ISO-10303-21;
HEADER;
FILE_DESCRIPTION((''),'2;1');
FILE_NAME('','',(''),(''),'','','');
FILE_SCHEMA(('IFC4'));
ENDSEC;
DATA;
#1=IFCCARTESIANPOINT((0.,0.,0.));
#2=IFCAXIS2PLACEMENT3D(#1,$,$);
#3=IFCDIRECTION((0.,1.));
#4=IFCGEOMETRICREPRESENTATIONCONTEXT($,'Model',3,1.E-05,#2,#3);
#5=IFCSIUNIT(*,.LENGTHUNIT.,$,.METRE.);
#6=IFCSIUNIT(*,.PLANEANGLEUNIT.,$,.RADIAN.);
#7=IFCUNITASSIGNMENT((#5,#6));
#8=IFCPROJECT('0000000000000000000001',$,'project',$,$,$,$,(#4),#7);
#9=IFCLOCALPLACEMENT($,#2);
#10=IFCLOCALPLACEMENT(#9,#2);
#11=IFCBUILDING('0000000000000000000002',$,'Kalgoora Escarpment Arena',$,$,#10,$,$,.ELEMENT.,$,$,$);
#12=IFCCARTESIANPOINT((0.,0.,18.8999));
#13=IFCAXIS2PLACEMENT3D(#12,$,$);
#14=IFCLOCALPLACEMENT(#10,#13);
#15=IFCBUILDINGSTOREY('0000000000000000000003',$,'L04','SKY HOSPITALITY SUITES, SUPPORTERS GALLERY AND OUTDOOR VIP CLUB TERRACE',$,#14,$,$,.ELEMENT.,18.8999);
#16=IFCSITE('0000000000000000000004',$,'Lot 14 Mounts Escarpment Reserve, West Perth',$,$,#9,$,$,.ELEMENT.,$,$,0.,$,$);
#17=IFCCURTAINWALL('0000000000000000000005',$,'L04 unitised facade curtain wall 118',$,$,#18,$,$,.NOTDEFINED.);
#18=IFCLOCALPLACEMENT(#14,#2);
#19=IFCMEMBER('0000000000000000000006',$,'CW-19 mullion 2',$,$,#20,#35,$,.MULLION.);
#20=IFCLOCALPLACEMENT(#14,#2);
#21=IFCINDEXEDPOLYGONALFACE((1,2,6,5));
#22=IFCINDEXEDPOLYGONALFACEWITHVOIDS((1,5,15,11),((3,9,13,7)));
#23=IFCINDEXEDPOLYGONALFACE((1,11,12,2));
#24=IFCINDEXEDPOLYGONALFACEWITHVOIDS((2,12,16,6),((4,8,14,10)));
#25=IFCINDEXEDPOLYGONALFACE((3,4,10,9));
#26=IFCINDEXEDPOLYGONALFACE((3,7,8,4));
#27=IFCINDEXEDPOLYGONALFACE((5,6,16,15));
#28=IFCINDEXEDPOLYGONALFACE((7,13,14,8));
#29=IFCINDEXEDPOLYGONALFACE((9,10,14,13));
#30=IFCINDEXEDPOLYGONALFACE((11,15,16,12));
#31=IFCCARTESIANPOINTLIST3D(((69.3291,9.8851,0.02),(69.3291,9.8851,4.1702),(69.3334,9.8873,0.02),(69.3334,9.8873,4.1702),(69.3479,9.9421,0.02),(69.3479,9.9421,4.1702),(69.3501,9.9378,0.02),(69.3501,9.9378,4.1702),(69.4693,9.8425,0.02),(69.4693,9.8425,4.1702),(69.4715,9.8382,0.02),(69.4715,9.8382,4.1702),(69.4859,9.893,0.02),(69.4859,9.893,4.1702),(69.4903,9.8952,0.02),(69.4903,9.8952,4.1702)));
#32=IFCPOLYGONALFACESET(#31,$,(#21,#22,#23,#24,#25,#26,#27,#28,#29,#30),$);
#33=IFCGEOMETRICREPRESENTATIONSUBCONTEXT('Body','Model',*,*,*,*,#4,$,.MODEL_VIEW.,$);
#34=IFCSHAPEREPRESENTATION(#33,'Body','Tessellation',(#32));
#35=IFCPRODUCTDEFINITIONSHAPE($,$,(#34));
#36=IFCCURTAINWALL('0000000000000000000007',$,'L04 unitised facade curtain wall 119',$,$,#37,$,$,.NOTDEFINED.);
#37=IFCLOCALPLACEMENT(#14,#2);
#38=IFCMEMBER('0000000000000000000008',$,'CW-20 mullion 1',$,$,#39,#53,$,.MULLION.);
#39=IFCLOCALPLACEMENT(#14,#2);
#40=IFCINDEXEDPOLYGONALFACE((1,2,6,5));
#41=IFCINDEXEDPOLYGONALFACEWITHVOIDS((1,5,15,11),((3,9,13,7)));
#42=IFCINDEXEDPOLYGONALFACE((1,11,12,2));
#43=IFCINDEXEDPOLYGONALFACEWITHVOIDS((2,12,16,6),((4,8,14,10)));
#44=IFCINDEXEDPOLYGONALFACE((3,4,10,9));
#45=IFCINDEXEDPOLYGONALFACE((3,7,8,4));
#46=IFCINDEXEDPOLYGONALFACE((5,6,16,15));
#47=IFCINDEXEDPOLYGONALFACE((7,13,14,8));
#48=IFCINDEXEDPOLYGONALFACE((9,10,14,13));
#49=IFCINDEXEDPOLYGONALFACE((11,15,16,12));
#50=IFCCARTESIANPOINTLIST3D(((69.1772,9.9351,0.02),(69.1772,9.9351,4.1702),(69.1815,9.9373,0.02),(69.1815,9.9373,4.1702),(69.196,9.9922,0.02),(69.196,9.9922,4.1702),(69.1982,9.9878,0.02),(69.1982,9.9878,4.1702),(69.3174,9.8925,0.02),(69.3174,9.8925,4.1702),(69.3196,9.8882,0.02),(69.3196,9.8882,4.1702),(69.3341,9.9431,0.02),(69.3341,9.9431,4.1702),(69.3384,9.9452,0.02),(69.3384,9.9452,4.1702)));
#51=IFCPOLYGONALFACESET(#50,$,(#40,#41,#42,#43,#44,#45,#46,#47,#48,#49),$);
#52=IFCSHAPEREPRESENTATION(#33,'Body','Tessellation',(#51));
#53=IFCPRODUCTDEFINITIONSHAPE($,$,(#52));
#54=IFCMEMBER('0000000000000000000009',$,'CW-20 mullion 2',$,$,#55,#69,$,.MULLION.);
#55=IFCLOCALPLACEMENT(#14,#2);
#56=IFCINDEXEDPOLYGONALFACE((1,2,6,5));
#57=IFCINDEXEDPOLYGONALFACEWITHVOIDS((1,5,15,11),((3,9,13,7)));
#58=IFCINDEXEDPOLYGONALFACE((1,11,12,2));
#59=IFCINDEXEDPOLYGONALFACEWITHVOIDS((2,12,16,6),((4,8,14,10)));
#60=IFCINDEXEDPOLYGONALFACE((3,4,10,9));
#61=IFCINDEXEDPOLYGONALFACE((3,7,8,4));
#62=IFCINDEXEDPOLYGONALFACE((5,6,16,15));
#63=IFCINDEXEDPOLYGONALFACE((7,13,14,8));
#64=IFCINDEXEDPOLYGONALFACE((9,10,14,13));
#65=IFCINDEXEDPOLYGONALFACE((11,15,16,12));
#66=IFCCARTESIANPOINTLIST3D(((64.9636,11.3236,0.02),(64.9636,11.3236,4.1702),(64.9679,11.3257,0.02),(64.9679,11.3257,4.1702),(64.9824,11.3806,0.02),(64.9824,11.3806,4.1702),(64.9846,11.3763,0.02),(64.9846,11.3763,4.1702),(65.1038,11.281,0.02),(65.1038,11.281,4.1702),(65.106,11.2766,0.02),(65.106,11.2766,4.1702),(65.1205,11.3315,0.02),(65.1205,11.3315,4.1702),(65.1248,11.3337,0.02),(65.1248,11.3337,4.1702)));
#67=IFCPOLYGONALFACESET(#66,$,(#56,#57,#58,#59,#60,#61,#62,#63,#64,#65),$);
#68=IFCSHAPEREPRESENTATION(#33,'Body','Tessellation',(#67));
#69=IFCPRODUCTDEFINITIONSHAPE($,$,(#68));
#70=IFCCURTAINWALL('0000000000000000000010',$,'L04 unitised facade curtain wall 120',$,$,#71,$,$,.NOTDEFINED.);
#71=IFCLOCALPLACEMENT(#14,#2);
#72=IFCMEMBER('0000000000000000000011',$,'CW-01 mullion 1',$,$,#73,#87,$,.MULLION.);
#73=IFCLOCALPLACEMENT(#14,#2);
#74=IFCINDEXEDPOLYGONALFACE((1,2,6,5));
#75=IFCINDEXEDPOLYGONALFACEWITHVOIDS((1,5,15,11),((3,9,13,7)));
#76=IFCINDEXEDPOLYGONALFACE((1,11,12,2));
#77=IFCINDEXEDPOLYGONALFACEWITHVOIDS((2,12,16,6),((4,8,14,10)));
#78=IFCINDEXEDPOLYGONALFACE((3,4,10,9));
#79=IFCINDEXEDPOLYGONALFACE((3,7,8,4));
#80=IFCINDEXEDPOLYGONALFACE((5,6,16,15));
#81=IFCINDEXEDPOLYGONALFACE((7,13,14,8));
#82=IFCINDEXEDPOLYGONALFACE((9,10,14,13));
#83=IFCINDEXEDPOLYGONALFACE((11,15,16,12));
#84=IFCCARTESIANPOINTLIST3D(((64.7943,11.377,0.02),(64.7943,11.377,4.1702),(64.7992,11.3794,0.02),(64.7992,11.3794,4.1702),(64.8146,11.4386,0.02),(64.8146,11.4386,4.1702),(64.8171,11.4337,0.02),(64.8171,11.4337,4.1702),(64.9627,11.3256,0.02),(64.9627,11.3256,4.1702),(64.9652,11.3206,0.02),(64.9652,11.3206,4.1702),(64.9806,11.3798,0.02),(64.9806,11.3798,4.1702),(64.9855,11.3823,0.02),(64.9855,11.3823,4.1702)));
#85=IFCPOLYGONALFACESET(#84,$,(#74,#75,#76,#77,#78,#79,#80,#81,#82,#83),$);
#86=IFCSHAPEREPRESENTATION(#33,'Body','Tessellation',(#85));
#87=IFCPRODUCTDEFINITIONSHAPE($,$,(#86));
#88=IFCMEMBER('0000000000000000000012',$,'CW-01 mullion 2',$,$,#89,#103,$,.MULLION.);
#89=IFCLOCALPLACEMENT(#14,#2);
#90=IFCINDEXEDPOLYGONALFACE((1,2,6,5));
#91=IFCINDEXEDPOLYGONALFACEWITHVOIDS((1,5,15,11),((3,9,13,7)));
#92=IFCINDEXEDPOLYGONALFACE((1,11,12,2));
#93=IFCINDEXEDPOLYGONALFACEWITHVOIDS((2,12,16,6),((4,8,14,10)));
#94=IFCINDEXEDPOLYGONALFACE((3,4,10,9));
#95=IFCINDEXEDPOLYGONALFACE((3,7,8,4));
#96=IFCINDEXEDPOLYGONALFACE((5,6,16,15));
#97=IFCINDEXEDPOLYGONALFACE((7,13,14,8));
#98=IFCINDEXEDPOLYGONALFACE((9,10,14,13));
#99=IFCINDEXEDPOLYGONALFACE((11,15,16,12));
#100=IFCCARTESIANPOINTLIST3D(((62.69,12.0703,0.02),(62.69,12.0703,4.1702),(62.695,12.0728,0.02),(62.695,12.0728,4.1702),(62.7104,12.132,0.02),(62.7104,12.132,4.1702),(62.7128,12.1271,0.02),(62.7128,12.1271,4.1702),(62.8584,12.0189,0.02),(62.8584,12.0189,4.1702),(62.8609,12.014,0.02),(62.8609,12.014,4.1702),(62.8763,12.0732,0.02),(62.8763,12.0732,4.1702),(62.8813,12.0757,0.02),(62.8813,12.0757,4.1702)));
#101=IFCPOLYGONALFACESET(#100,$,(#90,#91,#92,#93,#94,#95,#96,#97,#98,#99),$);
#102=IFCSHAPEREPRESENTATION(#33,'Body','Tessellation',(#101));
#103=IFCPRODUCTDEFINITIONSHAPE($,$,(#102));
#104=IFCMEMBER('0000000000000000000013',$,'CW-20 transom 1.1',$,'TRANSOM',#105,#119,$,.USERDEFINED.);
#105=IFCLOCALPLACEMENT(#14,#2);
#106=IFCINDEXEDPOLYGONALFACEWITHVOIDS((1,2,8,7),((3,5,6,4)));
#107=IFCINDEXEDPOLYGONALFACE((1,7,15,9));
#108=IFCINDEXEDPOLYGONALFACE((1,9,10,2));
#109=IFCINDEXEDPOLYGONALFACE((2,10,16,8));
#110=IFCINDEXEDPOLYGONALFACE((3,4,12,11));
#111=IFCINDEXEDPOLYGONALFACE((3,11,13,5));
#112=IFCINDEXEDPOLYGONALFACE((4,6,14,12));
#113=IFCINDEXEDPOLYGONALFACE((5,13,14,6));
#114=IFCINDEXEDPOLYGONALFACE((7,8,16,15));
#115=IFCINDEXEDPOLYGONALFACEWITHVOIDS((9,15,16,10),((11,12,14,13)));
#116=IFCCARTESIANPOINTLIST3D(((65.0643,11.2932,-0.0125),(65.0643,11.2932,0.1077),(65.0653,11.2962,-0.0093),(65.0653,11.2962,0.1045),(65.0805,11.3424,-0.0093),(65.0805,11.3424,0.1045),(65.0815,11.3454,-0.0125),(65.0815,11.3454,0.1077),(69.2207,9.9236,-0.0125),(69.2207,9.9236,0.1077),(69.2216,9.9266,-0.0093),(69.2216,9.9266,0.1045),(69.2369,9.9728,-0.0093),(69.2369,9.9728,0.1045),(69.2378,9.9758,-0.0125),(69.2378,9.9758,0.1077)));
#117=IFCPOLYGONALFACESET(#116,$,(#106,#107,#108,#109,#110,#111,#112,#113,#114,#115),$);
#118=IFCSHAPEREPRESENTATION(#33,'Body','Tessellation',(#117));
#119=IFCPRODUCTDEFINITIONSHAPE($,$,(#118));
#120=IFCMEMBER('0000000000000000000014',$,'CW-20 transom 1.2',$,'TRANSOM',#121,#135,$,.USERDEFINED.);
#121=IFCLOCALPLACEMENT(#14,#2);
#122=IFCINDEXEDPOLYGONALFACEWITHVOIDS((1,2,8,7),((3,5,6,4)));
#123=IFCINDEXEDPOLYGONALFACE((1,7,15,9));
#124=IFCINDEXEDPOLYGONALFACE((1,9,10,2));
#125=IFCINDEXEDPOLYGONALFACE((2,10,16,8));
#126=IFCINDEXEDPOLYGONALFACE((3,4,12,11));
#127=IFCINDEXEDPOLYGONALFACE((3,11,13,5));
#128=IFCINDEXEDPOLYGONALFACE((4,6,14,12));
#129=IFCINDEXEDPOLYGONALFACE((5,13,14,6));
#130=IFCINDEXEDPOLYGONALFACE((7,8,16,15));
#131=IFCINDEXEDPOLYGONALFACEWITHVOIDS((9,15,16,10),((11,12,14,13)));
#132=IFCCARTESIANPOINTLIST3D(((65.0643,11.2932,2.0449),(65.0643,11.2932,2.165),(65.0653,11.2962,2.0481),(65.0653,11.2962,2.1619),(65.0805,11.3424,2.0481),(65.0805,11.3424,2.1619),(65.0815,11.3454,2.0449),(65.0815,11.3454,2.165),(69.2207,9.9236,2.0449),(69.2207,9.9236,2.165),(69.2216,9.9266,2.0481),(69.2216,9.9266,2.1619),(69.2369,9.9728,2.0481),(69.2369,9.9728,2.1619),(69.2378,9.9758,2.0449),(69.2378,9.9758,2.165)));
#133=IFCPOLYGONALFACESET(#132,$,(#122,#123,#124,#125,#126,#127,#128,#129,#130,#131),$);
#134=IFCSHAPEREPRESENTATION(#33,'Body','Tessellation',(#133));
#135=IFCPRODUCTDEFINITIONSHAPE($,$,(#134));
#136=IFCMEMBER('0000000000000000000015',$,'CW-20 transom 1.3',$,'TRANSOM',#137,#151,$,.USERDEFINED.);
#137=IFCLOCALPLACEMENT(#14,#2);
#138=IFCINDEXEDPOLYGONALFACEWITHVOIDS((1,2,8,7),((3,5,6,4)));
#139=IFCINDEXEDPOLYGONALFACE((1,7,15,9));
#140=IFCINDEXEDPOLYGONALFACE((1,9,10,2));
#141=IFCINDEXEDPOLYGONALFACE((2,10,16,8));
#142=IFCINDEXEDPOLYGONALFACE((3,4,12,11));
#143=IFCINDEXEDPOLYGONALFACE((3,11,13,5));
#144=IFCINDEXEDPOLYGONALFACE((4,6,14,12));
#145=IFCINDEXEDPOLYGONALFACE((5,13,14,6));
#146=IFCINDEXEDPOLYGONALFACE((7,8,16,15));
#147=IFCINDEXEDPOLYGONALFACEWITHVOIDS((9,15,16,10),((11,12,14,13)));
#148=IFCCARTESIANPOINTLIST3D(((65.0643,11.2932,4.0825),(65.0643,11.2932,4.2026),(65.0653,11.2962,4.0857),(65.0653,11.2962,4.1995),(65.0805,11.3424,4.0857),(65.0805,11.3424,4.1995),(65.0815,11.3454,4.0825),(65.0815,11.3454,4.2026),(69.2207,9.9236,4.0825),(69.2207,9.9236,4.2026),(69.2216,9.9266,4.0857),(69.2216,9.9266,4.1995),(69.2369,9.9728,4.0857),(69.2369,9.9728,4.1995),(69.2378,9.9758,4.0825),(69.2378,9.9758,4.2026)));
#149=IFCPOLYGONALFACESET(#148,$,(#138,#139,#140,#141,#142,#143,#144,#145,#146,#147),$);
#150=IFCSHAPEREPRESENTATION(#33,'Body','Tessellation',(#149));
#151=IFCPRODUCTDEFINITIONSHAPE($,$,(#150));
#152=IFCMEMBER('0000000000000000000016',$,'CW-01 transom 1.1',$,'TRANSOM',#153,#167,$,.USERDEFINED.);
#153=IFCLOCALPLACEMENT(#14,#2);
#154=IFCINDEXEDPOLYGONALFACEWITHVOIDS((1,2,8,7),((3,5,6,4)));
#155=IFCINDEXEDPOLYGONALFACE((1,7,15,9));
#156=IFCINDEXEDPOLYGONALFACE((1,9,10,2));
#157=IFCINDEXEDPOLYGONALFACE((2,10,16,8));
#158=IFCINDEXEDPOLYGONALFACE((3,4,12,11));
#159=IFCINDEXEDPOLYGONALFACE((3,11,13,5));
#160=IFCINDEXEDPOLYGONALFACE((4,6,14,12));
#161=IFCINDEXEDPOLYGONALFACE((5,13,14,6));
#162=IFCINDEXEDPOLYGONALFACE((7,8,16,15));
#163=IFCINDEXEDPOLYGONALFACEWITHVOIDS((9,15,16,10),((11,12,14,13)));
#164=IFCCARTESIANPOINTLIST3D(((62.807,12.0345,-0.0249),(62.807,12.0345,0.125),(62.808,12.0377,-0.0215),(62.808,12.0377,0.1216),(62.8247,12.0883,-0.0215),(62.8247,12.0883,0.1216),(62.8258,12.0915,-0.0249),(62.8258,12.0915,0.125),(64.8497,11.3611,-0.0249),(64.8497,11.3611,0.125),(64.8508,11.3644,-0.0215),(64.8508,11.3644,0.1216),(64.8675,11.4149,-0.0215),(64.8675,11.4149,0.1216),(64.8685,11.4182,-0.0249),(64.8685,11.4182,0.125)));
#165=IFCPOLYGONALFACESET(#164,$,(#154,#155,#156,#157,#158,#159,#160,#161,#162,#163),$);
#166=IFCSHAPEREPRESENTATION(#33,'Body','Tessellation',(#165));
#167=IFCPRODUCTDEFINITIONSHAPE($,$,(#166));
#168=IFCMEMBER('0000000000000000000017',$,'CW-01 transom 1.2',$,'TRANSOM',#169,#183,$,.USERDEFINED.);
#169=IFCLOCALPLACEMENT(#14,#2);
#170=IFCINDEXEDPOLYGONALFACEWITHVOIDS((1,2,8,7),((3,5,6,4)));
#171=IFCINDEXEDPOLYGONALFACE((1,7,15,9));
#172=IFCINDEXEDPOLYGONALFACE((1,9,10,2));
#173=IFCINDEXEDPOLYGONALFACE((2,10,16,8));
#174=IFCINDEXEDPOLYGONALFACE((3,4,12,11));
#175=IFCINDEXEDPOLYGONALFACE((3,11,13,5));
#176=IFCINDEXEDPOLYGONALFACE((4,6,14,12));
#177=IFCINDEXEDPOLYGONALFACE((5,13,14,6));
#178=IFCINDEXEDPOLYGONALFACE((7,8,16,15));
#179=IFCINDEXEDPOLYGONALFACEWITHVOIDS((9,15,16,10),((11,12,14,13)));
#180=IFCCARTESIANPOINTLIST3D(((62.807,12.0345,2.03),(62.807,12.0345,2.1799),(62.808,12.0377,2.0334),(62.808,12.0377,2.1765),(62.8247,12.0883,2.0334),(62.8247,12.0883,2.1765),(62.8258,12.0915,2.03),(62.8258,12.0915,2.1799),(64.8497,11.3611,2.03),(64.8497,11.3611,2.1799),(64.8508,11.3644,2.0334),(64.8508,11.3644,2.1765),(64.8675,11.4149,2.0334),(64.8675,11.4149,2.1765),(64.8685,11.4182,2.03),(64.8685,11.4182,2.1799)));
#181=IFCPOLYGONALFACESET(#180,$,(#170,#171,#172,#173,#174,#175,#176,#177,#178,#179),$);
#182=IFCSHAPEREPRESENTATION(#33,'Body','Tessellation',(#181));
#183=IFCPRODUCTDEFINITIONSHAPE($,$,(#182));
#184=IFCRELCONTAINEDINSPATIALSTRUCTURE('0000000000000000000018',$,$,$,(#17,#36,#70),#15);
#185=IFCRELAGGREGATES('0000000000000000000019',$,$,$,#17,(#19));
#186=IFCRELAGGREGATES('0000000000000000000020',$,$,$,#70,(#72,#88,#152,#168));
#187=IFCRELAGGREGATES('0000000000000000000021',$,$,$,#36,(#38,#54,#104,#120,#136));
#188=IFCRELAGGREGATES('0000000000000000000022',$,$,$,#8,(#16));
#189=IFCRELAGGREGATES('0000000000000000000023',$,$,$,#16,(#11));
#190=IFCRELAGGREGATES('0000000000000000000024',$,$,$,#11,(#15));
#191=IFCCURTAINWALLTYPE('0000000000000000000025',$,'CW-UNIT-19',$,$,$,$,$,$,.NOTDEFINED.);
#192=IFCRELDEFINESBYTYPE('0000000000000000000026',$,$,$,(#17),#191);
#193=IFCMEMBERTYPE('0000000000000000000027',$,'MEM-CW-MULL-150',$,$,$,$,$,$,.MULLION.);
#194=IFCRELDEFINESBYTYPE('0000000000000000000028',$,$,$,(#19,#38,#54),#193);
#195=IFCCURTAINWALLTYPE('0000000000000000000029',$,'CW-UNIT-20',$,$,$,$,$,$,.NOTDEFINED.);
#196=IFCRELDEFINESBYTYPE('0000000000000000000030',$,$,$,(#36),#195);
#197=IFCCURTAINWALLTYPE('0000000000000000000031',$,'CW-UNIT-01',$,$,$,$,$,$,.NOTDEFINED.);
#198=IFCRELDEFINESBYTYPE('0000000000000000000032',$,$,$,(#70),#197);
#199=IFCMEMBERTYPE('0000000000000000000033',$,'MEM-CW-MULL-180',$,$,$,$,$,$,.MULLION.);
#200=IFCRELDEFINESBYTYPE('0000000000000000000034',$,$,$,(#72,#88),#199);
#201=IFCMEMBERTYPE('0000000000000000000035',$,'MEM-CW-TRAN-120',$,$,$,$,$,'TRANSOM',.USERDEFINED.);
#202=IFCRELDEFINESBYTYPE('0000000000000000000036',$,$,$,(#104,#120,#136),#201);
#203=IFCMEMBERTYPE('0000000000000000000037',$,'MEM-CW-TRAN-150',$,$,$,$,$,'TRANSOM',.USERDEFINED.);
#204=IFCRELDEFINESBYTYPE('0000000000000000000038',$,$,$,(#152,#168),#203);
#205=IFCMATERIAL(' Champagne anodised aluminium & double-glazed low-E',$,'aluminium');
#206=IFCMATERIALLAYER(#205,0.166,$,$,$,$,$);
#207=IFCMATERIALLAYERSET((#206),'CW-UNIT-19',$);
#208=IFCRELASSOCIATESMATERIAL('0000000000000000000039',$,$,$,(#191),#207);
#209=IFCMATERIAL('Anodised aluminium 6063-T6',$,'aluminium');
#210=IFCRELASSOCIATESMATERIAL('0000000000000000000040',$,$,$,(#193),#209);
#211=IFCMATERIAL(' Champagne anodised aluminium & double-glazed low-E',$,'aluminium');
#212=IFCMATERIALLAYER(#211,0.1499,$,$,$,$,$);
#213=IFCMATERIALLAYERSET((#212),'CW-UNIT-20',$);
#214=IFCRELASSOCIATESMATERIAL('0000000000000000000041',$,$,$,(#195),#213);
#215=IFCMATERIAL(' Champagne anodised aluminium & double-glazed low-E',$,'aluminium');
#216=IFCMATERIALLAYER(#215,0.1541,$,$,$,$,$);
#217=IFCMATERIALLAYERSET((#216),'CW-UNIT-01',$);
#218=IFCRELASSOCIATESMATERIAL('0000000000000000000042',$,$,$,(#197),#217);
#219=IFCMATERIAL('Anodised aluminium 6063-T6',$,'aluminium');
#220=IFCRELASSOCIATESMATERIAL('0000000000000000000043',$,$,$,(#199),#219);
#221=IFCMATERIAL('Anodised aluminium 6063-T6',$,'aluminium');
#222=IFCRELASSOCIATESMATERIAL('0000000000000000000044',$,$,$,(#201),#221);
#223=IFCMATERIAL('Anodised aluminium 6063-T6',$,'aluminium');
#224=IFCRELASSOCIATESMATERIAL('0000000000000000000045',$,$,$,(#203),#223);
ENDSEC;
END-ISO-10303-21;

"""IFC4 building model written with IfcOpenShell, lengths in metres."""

from ifc_helpers import new_model, si_unit, direction, frame, origin, origin_2d, place, context, subcontext, project, spatial, hollow_rectangle, extrude, material, layer, layer_set, material_profile, profile_set, type_object, element, aggregate, save


model = new_model("IFC4")

# Units and contexts
model_context = context("Model", 3, precision=1e-05, world=origin(), true_north=direction((0.0, 1.0)))
body_context = subcontext(model_context, "Body", "Model", "MODEL_VIEW")
ifc_project = project(units=[si_unit("LENGTHUNIT", "METRE"), si_unit("PLANEANGLEUNIT", "RADIAN")], contexts=[model_context])

# Site, building, storey
site_placement = place(None, origin())
site = spatial("IfcSite", under=ifc_project, at=site_placement, Name="Lot 14 Mounts Escarpment Reserve, West Perth", CompositionType="ELEMENT", RefElevation=0.0)
building_placement = place(site_placement, origin())
building = spatial("IfcBuilding", under=site, at=building_placement, Name="Kalgoora Escarpment Arena", CompositionType="ELEMENT")
storey_placement = place(building_placement, frame((0.0, 0.0, 18.8999)))
storey = spatial("IfcBuildingStorey", under=building, at=storey_placement, Name="L04", Description="SKY HOSPITALITY SUITES, SUPPORTERS GALLERY AND OUTDOOR VIP CLUB TERRACE", CompositionType="ELEMENT", Elevation=18.8999)

# Curtain wall, member
ifc_material_1 = material(Name=" Champagne anodised aluminium & double-glazed low-E", Category="aluminium")
ifc_layer_1 = layer(ifc_material_1, 0.166)
ifc_layer_set_1 = layer_set([ifc_layer_1], Name="CW-UNIT-19")
curtain_wall_type_1 = type_object("IfcCurtainWallType", Name="CW-UNIT-19", PredefinedType="NOTDEFINED", material=ifc_layer_set_1)
curtain_wall_1_placement = place(storey_placement, origin())
curtain_wall_1 = element("IfcCurtainWall", 1, at=curtain_wall_1_placement, inside=storey, type_object=curtain_wall_type_1, Name="L04 unitised facade curtain wall 118", PredefinedType="NOTDEFINED")
ifc_material_2 = material(Name="Anodised aluminium 6063-T6", Category="aluminium")
ifc_material_profile_1 = material_profile(ifc_material_2, hollow_rectangle(XDim=0.0601, YDim=0.1499, WallThickness=0.0034, at=origin_2d()))
ifc_profile_set_1 = profile_set([ifc_material_profile_1], Name="Anodised aluminium 6063-T6")
member_type_1 = type_object("IfcMemberType", Name="MEM-CW-MULL-150", PredefinedType="MULLION", material=ifc_profile_set_1)
member_1_placement = place(storey_placement, frame((69.4097, 9.8901, 0.02), z_axis=(0.0, 0.0, 1.0), x_axis=(-0.312979, -0.94976, 0.0)))
member_1 = element("IfcMember", 2, at=member_1_placement, type_object=member_type_1, Name="CW-19 mullion 2", PredefinedType="MULLION", context=body_context, shape_type="SweptSolid", body=[
    extrude(hollow_rectangle(XDim=0.0601, YDim=0.1499, WallThickness=0.0034, at=origin_2d()), origin(), (0.0, 0.0, 1.0), 4.1501),
])

# Curtain walls, members
ifc_material_3 = material(Name=" Champagne anodised aluminium & double-glazed low-E", Category="aluminium")
ifc_layer_2 = layer(ifc_material_3, 0.1499)
ifc_layer_set_2 = layer_set([ifc_layer_2], Name="CW-UNIT-20")
curtain_wall_type_2 = type_object("IfcCurtainWallType", Name="CW-UNIT-20", PredefinedType="NOTDEFINED", material=ifc_layer_set_2)
curtain_wall_2_placement = place(storey_placement, origin())
curtain_wall_2 = element("IfcCurtainWall", 3, at=curtain_wall_2_placement, inside=storey, type_object=curtain_wall_type_2, Name="L04 unitised facade curtain wall 119", PredefinedType="NOTDEFINED")
member_2_placement = place(storey_placement, frame((69.2578, 9.9402, 0.02), z_axis=(0.0, 0.0, 1.0), x_axis=(-0.31297, -0.949763, 0.0)))
member_2 = element("IfcMember", 4, at=member_2_placement, type_object=member_type_1, Name="CW-20 mullion 1", PredefinedType="MULLION", context=body_context, shape_type="SweptSolid", body=[
    extrude(hollow_rectangle(XDim=0.0601, YDim=0.1499, WallThickness=0.0034, at=origin_2d()), origin(), (0.0, 0.0, 1.0), 4.1501),
])
member_3_placement = place(storey_placement, frame((65.0442, 11.3286, 0.02), z_axis=(0.0, 0.0, 1.0), x_axis=(-0.31297, -0.949763, 0.0)))
member_3 = element("IfcMember", 5, at=member_3_placement, type_object=member_type_1, Name="CW-20 mullion 2", PredefinedType="MULLION", context=body_context, shape_type="SweptSolid", body=[
    extrude(hollow_rectangle(XDim=0.0601, YDim=0.1499, WallThickness=0.0034, at=origin_2d()), origin(), (0.0, 0.0, 1.0), 4.1501),
])
ifc_material_4 = material(Name=" Champagne anodised aluminium & double-glazed low-E", Category="aluminium")
ifc_layer_3 = layer(ifc_material_4, 0.1541)
ifc_layer_set_3 = layer_set([ifc_layer_3], Name="CW-UNIT-01")
curtain_wall_type_3 = type_object("IfcCurtainWallType", Name="CW-UNIT-01", PredefinedType="NOTDEFINED", material=ifc_layer_set_3)
curtain_wall_3_placement = place(storey_placement, origin())
curtain_wall_3 = element("IfcCurtainWall", 6, at=curtain_wall_3_placement, inside=storey, type_object=curtain_wall_type_3, Name="L04 unitised facade curtain wall 120", PredefinedType="NOTDEFINED")
ifc_material_5 = material(Name="Anodised aluminium 6063-T6", Category="aluminium")
ifc_material_profile_2 = material_profile(ifc_material_5, hollow_rectangle(XDim=0.0649, YDim=0.1799, WallThickness=0.0039, at=origin_2d()))
ifc_profile_set_2 = profile_set([ifc_material_profile_2], Name="Anodised aluminium 6063-T6")
member_type_2 = type_object("IfcMemberType", Name="MEM-CW-MULL-180", PredefinedType="MULLION", material=ifc_profile_set_2)
member_4_placement = place(storey_placement, frame((64.8899, 11.3796, 0.02), z_axis=(0.0, 0.0, 1.0), x_axis=(-0.31299, -0.949756, 0.0)))
member_4 = element("IfcMember", 7, at=member_4_placement, type_object=member_type_2, Name="CW-01 mullion 1", PredefinedType="MULLION", context=body_context, shape_type="SweptSolid", body=[
    extrude(hollow_rectangle(XDim=0.0649, YDim=0.1799, WallThickness=0.0039, at=origin_2d()), origin(), (0.0, 0.0, 1.0), 4.1501),
])
member_5_placement = place(storey_placement, frame((62.7856, 12.073, 0.02), z_axis=(0.0, 0.0, 1.0), x_axis=(-0.31299, -0.949756, 0.0)))
member_5 = element("IfcMember", 8, at=member_5_placement, type_object=member_type_2, Name="CW-01 mullion 2", PredefinedType="MULLION", context=body_context, shape_type="SweptSolid", body=[
    extrude(hollow_rectangle(XDim=0.0649, YDim=0.1799, WallThickness=0.0039, at=origin_2d()), origin(), (0.0, 0.0, 1.0), 4.1501),
])

# Members
ifc_material_6 = material(Name="Anodised aluminium 6063-T6", Category="aluminium")
ifc_material_profile_3 = material_profile(ifc_material_6, hollow_rectangle(XDim=0.0549, YDim=0.1201, WallThickness=0.0032, at=origin_2d()))
ifc_profile_set_3 = profile_set([ifc_material_profile_3], Name="Anodised aluminium 6063-T6")
member_type_3 = type_object("IfcMemberType", Name="MEM-CW-TRAN-120", ElementType="TRANSOM", PredefinedType="USERDEFINED", material=ifc_profile_set_3)
member_6_placement = place(storey_placement, frame((69.2292, 9.9497, 0.0476), z_axis=(-0.949766, 0.312962, 0.0), x_axis=(-0.312962, -0.949766, 0.0)))
member_6 = element("IfcMember", 9, at=member_6_placement, type_object=member_type_3, Name="CW-20 transom 1.1", ObjectType="TRANSOM", PredefinedType="USERDEFINED", context=body_context, shape_type="SweptSolid", body=[
    extrude(hollow_rectangle(XDim=0.0549, YDim=0.1201, WallThickness=0.0032, at=origin_2d()), origin(), (0.0, 0.0, 1.0), 4.3762),
])
member_7_placement = place(storey_placement, frame((69.2292, 9.9497, 2.105), z_axis=(-0.949766, 0.312962, 0.0), x_axis=(-0.312962, -0.949766, 0.0)))
member_7 = element("IfcMember", 10, at=member_7_placement, type_object=member_type_3, Name="CW-20 transom 1.2", ObjectType="TRANSOM", PredefinedType="USERDEFINED", context=body_context, shape_type="SweptSolid", body=[
    extrude(hollow_rectangle(XDim=0.0549, YDim=0.1201, WallThickness=0.0032, at=origin_2d()), origin(), (0.0, 0.0, 1.0), 4.3762),
])
member_8_placement = place(storey_placement, frame((69.2292, 9.9497, 4.1426), z_axis=(-0.949766, 0.312962, 0.0), x_axis=(-0.312962, -0.949766, 0.0)))
member_8 = element("IfcMember", 11, at=member_8_placement, type_object=member_type_3, Name="CW-20 transom 1.3", ObjectType="TRANSOM", PredefinedType="USERDEFINED", context=body_context, shape_type="SweptSolid", body=[
    extrude(hollow_rectangle(XDim=0.0549, YDim=0.1201, WallThickness=0.0032, at=origin_2d()), origin(), (0.0, 0.0, 1.0), 4.3762),
])
ifc_material_7 = material(Name="Anodised aluminium 6063-T6", Category="aluminium")
ifc_material_profile_4 = material_profile(ifc_material_7, hollow_rectangle(XDim=0.0601, YDim=0.1499, WallThickness=0.0034, at=origin_2d()))
ifc_profile_set_4 = profile_set([ifc_material_profile_4], Name="Anodised aluminium 6063-T6")
member_type_4 = type_object("IfcMemberType", Name="MEM-CW-TRAN-150", ElementType="TRANSOM", PredefinedType="USERDEFINED", material=ifc_profile_set_4)
member_9_placement = place(storey_placement, frame((64.8591, 11.3896, 0.05), z_axis=(-0.949734, 0.313059, 0.0), x_axis=(-0.313059, -0.949734, 0.0)))
member_9 = element("IfcMember", 12, at=member_9_placement, type_object=member_type_4, Name="CW-01 transom 1.1", ObjectType="TRANSOM", PredefinedType="USERDEFINED", context=body_context, shape_type="SweptSolid", body=[
    extrude(hollow_rectangle(XDim=0.0601, YDim=0.1499, WallThickness=0.0034, at=origin_2d()), origin(), (0.0, 0.0, 1.0), 2.1509),
])
member_10_placement = place(storey_placement, frame((64.8591, 11.3896, 2.105), z_axis=(-0.949734, 0.313059, 0.0), x_axis=(-0.313059, -0.949734, 0.0)))
member_10 = element("IfcMember", 13, at=member_10_placement, type_object=member_type_4, Name="CW-01 transom 1.2", ObjectType="TRANSOM", PredefinedType="USERDEFINED", context=body_context, shape_type="SweptSolid", body=[
    extrude(hollow_rectangle(XDim=0.0601, YDim=0.1499, WallThickness=0.0034, at=origin_2d()), origin(), (0.0, 0.0, 1.0), 2.1509),
])

aggregate(curtain_wall_1, [member_1])
aggregate(curtain_wall_3, [member_4, member_5, member_9, member_10])
aggregate(curtain_wall_2, [member_2, member_3, member_6, member_7, member_8])

save(model, "model.ifc")
